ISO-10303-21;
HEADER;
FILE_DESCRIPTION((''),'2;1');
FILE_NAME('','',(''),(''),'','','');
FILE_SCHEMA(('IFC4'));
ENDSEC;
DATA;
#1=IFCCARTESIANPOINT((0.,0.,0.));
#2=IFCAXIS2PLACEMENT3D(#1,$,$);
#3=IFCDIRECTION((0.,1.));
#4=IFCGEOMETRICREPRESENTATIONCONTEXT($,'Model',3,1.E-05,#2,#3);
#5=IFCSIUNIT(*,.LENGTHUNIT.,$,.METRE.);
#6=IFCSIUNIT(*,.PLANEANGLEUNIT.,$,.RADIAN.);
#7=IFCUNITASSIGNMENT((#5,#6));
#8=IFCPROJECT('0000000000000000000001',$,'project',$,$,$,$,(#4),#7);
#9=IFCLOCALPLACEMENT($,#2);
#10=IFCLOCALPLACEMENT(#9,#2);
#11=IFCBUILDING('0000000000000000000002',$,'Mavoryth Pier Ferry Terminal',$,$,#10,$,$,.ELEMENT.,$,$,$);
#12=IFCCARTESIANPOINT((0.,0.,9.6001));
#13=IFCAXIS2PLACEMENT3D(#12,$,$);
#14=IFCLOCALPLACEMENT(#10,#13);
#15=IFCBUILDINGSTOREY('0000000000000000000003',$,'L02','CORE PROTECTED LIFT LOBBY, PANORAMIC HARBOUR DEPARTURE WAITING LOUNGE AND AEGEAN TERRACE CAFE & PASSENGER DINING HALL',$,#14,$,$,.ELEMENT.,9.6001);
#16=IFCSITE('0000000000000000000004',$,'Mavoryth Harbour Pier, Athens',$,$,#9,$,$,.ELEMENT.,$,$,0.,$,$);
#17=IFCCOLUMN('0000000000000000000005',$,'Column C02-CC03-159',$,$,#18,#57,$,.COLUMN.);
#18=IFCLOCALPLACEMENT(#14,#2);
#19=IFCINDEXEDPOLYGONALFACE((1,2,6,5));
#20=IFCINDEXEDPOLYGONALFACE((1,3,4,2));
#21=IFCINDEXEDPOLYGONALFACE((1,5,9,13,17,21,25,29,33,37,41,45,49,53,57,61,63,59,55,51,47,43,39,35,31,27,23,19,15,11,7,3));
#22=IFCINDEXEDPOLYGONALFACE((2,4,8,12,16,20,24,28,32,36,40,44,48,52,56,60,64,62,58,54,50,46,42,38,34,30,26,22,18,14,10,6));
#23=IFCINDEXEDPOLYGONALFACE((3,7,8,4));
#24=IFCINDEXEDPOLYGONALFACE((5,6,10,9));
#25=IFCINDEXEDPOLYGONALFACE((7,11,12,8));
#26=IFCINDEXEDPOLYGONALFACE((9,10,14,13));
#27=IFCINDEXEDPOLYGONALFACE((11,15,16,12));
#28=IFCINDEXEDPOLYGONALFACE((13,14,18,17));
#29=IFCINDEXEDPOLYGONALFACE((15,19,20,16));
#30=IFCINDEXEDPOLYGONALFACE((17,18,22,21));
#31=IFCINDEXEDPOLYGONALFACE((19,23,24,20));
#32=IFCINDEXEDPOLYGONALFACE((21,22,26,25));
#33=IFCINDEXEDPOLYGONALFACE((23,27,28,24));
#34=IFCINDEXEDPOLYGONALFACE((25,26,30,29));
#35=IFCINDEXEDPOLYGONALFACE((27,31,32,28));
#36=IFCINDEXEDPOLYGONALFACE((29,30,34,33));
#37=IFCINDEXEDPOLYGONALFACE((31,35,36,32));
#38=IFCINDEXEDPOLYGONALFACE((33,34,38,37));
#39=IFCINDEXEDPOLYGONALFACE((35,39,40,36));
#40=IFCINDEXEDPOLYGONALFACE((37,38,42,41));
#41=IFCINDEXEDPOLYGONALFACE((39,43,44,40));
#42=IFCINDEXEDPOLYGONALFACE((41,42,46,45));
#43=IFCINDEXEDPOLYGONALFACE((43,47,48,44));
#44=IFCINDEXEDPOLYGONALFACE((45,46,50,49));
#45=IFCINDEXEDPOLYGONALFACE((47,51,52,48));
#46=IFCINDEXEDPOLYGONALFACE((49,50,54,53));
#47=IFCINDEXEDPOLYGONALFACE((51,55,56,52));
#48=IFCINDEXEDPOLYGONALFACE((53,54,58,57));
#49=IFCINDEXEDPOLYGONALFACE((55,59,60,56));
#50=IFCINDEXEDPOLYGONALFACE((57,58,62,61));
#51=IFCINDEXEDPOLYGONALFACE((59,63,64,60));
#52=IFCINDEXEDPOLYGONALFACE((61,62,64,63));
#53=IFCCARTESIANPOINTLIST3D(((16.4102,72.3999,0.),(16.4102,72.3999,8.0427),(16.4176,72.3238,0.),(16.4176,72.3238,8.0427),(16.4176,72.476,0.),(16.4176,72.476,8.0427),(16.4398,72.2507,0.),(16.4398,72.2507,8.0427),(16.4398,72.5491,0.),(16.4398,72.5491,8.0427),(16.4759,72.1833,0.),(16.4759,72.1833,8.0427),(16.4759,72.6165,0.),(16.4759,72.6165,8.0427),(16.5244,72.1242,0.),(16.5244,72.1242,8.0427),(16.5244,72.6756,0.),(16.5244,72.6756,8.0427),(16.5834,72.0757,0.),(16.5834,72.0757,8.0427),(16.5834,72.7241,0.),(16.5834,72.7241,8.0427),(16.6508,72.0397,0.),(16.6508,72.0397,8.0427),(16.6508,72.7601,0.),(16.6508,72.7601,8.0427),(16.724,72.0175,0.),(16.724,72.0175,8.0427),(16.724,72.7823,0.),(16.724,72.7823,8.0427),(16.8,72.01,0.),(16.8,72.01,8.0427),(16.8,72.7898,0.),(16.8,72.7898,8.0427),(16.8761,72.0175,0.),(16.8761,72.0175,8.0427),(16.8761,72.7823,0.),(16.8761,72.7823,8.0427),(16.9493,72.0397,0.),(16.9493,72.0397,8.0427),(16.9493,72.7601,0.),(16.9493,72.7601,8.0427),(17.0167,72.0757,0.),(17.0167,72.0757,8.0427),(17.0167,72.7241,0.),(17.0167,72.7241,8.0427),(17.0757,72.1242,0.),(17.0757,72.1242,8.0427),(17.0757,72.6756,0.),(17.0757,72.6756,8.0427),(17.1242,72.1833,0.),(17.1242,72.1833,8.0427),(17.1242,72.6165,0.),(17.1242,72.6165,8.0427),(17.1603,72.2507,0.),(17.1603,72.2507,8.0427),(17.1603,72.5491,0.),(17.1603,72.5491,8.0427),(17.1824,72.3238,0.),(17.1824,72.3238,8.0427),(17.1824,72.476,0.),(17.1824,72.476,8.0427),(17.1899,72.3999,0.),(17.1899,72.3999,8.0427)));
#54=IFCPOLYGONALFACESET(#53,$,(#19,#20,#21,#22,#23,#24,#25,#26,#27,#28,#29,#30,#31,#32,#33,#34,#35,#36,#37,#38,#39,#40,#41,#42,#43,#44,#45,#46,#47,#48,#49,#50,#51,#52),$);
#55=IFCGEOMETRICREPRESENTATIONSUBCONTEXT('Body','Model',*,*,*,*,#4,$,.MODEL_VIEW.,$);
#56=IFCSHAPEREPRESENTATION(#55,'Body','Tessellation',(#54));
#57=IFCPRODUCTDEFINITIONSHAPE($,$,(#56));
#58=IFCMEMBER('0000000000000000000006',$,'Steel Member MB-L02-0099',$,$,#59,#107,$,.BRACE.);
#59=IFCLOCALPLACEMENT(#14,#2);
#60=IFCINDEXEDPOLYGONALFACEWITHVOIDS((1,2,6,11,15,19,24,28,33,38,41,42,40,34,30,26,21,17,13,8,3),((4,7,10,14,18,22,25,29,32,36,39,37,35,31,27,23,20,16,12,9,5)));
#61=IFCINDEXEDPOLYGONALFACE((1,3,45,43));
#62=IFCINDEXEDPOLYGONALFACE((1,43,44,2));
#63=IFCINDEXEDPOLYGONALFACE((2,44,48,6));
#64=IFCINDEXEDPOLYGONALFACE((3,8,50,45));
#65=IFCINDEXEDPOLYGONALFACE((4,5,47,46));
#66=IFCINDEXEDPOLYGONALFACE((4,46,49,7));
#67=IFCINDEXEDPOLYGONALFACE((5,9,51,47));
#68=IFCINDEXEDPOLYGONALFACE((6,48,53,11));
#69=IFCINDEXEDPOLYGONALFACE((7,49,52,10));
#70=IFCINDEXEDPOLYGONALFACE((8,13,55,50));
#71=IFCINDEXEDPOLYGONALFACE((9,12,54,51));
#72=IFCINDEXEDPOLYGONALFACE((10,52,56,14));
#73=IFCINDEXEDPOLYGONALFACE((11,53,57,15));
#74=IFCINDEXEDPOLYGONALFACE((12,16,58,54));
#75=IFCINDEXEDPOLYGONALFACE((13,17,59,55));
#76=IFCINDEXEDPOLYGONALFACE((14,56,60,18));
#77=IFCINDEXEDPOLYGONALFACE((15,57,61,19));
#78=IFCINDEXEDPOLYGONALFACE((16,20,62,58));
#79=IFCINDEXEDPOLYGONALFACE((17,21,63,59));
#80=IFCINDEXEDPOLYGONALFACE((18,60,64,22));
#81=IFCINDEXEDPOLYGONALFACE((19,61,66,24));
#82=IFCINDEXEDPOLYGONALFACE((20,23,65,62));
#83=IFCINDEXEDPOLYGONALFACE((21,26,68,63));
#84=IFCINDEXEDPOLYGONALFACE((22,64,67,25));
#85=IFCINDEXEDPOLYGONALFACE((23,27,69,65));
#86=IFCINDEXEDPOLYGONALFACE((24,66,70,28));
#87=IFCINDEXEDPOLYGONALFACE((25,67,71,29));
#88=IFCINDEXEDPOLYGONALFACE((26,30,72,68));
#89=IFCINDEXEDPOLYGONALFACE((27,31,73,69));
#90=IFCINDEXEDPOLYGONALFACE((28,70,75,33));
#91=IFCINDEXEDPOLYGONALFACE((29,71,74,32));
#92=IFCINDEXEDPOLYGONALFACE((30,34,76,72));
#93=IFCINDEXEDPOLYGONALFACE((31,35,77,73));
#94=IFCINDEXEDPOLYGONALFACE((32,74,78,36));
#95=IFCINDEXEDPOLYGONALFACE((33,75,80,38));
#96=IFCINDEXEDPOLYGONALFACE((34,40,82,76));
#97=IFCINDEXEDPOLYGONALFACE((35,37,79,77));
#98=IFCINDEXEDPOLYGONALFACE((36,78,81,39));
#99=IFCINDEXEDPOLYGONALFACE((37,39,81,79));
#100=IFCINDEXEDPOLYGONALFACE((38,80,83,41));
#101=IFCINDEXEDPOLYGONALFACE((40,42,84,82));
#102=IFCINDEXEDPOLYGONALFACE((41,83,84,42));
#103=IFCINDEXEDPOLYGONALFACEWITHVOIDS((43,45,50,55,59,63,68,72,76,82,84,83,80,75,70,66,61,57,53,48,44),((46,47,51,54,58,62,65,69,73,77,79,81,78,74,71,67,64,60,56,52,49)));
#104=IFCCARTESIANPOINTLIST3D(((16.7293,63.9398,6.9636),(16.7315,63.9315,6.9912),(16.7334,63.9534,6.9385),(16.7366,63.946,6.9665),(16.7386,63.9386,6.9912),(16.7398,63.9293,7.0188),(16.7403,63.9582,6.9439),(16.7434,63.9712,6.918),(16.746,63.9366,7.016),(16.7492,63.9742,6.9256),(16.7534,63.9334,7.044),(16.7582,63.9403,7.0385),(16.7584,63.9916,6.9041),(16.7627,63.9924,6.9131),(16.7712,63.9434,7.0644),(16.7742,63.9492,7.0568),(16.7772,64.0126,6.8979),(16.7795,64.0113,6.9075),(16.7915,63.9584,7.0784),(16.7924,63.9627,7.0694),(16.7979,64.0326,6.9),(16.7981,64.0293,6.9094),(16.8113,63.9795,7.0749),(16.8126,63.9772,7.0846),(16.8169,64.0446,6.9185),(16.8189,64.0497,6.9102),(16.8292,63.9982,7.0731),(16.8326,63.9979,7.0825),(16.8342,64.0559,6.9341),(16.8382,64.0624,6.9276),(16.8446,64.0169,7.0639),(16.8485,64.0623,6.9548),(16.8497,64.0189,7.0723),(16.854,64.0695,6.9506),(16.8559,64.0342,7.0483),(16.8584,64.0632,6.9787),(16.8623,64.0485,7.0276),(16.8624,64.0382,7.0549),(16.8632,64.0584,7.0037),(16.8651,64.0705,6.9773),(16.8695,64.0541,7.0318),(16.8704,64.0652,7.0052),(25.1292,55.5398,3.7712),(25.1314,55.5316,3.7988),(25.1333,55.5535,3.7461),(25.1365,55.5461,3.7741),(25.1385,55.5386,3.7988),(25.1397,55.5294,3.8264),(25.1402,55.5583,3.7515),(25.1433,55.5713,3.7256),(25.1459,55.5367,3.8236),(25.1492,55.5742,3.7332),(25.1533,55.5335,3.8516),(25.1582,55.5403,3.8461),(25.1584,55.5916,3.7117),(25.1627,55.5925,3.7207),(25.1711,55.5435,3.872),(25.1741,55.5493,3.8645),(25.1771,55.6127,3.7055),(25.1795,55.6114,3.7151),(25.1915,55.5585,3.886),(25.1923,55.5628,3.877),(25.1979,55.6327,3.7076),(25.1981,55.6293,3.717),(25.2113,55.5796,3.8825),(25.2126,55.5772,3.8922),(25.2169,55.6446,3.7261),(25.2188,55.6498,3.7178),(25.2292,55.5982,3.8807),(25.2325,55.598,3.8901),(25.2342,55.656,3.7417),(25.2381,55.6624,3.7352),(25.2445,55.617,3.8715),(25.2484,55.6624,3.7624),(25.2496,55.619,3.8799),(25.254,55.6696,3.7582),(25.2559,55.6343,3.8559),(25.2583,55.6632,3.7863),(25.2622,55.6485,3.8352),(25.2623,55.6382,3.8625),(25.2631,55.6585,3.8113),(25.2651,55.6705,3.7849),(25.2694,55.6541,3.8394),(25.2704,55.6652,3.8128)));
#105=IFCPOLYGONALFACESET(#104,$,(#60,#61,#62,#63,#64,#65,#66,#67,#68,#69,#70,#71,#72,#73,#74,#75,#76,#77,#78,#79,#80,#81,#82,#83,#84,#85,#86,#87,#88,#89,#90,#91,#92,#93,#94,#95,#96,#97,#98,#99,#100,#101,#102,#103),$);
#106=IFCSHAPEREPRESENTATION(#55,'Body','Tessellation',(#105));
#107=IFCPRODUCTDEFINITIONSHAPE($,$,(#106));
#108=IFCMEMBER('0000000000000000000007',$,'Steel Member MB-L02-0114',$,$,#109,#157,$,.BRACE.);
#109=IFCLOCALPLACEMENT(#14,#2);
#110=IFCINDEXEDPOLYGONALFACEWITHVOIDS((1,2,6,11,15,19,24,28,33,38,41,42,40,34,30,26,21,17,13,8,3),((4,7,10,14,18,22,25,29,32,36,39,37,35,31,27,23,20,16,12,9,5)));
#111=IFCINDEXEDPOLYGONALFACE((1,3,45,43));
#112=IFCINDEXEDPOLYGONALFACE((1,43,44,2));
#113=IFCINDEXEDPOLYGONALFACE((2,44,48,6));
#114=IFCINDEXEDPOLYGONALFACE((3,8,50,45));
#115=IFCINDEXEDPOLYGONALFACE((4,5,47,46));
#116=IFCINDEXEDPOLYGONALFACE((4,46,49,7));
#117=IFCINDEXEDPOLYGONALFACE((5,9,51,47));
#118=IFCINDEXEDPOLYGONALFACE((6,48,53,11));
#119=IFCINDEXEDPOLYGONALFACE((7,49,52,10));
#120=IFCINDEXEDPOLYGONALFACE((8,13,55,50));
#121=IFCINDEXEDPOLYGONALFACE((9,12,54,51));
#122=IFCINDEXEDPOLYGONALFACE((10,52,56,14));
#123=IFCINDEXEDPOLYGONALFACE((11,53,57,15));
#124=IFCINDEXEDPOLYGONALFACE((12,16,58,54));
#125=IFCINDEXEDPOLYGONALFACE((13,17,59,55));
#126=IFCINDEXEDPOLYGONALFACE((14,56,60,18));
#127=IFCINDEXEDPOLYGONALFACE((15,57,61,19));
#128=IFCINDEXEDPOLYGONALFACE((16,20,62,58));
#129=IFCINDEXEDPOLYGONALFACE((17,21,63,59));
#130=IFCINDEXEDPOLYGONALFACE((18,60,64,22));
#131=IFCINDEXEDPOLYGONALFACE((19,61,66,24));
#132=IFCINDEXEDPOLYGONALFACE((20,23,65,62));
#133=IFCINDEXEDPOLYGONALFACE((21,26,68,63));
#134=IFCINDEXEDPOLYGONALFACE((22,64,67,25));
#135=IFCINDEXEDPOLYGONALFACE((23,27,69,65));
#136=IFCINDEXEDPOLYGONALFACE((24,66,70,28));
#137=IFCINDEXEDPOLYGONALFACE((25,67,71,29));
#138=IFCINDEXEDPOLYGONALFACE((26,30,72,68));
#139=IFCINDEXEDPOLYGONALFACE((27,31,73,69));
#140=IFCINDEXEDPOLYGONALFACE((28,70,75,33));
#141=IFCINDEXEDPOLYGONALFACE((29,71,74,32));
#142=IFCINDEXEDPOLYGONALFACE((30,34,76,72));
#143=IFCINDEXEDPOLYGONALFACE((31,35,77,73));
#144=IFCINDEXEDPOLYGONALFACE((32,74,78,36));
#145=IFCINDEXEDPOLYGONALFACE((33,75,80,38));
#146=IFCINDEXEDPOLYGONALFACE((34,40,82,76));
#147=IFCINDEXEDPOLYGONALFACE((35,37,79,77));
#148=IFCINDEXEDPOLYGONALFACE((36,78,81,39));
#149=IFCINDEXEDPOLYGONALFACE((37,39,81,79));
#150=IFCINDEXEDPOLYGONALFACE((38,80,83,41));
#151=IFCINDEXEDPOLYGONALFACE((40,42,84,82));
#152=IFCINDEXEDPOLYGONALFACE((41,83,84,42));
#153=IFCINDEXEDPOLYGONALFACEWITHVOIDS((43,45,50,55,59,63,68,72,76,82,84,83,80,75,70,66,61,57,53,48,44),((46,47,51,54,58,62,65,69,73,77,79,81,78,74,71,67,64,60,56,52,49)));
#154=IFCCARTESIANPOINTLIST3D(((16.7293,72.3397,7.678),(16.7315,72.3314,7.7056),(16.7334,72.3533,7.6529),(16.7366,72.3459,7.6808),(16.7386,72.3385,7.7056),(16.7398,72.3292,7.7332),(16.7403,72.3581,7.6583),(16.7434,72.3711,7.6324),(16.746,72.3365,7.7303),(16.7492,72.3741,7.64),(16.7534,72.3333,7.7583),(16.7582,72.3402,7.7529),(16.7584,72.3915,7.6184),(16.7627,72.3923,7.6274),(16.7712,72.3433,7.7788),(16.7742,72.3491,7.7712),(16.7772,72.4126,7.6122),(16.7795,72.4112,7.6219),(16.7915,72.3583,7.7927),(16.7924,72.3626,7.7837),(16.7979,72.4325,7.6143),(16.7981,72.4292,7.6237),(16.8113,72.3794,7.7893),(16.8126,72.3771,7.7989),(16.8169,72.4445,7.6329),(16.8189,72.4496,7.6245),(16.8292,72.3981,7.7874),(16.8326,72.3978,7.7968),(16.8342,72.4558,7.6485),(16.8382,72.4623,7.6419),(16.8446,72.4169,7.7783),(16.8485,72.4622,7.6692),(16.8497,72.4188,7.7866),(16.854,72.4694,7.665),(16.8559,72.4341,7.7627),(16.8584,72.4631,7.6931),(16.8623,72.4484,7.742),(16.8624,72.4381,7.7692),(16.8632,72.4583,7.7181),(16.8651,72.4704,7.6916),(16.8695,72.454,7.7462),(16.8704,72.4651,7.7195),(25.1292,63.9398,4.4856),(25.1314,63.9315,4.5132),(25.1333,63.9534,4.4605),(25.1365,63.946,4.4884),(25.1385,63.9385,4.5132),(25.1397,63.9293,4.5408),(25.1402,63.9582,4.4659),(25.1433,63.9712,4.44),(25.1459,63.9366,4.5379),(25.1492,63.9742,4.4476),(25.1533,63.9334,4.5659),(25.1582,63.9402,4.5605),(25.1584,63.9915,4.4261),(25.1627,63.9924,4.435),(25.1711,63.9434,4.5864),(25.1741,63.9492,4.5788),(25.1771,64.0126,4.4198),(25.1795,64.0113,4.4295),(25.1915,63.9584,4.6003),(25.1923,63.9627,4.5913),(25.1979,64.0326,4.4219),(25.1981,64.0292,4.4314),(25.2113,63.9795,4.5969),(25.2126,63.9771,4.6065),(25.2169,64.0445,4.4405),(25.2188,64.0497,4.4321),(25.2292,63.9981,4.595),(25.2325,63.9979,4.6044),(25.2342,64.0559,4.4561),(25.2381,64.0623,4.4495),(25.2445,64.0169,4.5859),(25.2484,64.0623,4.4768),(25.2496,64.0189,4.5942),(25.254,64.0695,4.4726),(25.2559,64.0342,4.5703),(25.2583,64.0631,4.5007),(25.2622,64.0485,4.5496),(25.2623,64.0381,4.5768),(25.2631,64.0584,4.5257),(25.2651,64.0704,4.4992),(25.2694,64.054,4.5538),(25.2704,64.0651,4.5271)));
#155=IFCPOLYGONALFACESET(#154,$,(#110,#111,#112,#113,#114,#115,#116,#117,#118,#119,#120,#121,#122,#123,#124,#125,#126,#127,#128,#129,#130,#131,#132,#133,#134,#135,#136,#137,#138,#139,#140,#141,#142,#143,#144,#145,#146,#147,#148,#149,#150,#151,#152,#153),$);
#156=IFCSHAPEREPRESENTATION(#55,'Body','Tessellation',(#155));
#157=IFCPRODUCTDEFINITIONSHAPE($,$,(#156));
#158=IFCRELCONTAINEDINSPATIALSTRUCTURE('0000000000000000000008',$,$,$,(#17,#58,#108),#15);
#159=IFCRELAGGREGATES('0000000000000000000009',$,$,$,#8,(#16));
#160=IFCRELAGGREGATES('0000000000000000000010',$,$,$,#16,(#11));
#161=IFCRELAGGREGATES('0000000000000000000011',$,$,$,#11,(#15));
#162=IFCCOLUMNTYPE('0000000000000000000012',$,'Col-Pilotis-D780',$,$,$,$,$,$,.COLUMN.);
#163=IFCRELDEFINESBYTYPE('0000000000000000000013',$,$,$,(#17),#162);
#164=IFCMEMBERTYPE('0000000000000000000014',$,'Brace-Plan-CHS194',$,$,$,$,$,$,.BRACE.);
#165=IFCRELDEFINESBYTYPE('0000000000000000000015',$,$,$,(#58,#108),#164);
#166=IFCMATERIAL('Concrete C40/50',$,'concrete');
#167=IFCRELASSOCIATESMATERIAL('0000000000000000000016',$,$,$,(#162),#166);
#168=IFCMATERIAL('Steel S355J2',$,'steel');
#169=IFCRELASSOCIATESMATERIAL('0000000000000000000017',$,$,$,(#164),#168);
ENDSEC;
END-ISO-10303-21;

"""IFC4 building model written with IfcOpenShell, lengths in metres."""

from ifc_helpers import new_model, si_unit, direction, frame, origin, origin_2d, place, context, subcontext, project, spatial, circle, hollow_circle, extrude, material, material_profile, profile_set, type_object, element, save


model = new_model("IFC4")

# Units and contexts
model_context = context("Model", 3, precision=1e-05, world=origin(), true_north=direction((0.0, 1.0)))
body_context = subcontext(model_context, "Body", "Model", "MODEL_VIEW")
ifc_project = project(units=[si_unit("LENGTHUNIT", "METRE"), si_unit("PLANEANGLEUNIT", "RADIAN")], contexts=[model_context])

# Site, building, storey
site_placement = place(None, origin())
site = spatial("IfcSite", under=ifc_project, at=site_placement, Name="Mavoryth Harbour Pier, Athens", CompositionType="ELEMENT", RefElevation=0.0)
building_placement = place(site_placement, origin())
building = spatial("IfcBuilding", under=site, at=building_placement, Name="Mavoryth Pier Ferry Terminal", CompositionType="ELEMENT")
storey_placement = place(building_placement, frame((0.0, 0.0, 9.6001)))
storey = spatial("IfcBuildingStorey", under=building, at=storey_placement, Name="L02", Description="CORE PROTECTED LIFT LOBBY, PANORAMIC HARBOUR DEPARTURE WAITING LOUNGE AND AEGEAN TERRACE CAFE & PASSENGER DINING HALL", CompositionType="ELEMENT", Elevation=9.6001)

# Column
ifc_material_1 = material(Name="Concrete C40/50", Category="concrete")
ifc_material_profile_1 = material_profile(ifc_material_1, circle(Radius=0.3899, at=origin_2d()), Name="RC D780", Category="concrete")
ifc_profile_set_1 = profile_set([ifc_material_profile_1], Name="Concrete C40/50 - RC D780")
column_type = type_object("IfcColumnType", Name="Col-Pilotis-D780", PredefinedType="COLUMN", material=ifc_profile_set_1)
column_placement = place(storey_placement, frame((16.8, 72.3999, 0.0), z_axis=(0.0, 0.0, 1.0), x_axis=(1.0, 0.0, 0.0)))
element("IfcColumn", 1, at=column_placement, inside=storey, type_object=column_type, Name="Column C02-CC03-159", PredefinedType="COLUMN", context=body_context, shape_type="SweptSolid", body=[
    extrude(circle(Radius=0.3899, at=origin_2d()), origin(), (0.0, 0.0, 1.0), 8.0427),
])

# Members
ifc_material_2 = material(Name="Steel S355J2", Category="steel")
ifc_material_profile_2 = material_profile(ifc_material_2, hollow_circle(Radius=0.0969, WallThickness=0.01, at=origin_2d()), Name="CHS 193.7x10.0", Category="steel")
ifc_profile_set_2 = profile_set([ifc_material_profile_2], Name="Steel S355J2 - CHS 193.7x10.0")
member_type_1 = type_object("IfcMemberType", Name="Brace-Plan-CHS194", PredefinedType="BRACE", material=ifc_profile_set_2)
for number, where, z_axis, x_axis, name in (
    (2, (25.2, 55.6001, 3.7988), (-0.682878, 0.682878, 0.259528), (-0.707107, -0.707107, 0.0), "Steel Member MB-L02-0099"),
    (3, (25.2, 64.0, 4.5132), (-0.682878, 0.682878, 0.259528), (-0.707107, -0.707107, 0.0), "Steel Member MB-L02-0114"),
):
    element("IfcMember", number, at=place(storey_placement, frame(where, z_axis=z_axis, x_axis=x_axis)), inside=storey, type_object=member_type_1, Name=name, PredefinedType="BRACE", context=body_context, shape_type="SweptSolid", body=[
        extrude(hollow_circle(Radius=0.0969, WallThickness=0.01, at=origin_2d()), origin(), (0.0, 0.0, 1.0), 12.3008),
    ])

save(model, "model.ifc")
